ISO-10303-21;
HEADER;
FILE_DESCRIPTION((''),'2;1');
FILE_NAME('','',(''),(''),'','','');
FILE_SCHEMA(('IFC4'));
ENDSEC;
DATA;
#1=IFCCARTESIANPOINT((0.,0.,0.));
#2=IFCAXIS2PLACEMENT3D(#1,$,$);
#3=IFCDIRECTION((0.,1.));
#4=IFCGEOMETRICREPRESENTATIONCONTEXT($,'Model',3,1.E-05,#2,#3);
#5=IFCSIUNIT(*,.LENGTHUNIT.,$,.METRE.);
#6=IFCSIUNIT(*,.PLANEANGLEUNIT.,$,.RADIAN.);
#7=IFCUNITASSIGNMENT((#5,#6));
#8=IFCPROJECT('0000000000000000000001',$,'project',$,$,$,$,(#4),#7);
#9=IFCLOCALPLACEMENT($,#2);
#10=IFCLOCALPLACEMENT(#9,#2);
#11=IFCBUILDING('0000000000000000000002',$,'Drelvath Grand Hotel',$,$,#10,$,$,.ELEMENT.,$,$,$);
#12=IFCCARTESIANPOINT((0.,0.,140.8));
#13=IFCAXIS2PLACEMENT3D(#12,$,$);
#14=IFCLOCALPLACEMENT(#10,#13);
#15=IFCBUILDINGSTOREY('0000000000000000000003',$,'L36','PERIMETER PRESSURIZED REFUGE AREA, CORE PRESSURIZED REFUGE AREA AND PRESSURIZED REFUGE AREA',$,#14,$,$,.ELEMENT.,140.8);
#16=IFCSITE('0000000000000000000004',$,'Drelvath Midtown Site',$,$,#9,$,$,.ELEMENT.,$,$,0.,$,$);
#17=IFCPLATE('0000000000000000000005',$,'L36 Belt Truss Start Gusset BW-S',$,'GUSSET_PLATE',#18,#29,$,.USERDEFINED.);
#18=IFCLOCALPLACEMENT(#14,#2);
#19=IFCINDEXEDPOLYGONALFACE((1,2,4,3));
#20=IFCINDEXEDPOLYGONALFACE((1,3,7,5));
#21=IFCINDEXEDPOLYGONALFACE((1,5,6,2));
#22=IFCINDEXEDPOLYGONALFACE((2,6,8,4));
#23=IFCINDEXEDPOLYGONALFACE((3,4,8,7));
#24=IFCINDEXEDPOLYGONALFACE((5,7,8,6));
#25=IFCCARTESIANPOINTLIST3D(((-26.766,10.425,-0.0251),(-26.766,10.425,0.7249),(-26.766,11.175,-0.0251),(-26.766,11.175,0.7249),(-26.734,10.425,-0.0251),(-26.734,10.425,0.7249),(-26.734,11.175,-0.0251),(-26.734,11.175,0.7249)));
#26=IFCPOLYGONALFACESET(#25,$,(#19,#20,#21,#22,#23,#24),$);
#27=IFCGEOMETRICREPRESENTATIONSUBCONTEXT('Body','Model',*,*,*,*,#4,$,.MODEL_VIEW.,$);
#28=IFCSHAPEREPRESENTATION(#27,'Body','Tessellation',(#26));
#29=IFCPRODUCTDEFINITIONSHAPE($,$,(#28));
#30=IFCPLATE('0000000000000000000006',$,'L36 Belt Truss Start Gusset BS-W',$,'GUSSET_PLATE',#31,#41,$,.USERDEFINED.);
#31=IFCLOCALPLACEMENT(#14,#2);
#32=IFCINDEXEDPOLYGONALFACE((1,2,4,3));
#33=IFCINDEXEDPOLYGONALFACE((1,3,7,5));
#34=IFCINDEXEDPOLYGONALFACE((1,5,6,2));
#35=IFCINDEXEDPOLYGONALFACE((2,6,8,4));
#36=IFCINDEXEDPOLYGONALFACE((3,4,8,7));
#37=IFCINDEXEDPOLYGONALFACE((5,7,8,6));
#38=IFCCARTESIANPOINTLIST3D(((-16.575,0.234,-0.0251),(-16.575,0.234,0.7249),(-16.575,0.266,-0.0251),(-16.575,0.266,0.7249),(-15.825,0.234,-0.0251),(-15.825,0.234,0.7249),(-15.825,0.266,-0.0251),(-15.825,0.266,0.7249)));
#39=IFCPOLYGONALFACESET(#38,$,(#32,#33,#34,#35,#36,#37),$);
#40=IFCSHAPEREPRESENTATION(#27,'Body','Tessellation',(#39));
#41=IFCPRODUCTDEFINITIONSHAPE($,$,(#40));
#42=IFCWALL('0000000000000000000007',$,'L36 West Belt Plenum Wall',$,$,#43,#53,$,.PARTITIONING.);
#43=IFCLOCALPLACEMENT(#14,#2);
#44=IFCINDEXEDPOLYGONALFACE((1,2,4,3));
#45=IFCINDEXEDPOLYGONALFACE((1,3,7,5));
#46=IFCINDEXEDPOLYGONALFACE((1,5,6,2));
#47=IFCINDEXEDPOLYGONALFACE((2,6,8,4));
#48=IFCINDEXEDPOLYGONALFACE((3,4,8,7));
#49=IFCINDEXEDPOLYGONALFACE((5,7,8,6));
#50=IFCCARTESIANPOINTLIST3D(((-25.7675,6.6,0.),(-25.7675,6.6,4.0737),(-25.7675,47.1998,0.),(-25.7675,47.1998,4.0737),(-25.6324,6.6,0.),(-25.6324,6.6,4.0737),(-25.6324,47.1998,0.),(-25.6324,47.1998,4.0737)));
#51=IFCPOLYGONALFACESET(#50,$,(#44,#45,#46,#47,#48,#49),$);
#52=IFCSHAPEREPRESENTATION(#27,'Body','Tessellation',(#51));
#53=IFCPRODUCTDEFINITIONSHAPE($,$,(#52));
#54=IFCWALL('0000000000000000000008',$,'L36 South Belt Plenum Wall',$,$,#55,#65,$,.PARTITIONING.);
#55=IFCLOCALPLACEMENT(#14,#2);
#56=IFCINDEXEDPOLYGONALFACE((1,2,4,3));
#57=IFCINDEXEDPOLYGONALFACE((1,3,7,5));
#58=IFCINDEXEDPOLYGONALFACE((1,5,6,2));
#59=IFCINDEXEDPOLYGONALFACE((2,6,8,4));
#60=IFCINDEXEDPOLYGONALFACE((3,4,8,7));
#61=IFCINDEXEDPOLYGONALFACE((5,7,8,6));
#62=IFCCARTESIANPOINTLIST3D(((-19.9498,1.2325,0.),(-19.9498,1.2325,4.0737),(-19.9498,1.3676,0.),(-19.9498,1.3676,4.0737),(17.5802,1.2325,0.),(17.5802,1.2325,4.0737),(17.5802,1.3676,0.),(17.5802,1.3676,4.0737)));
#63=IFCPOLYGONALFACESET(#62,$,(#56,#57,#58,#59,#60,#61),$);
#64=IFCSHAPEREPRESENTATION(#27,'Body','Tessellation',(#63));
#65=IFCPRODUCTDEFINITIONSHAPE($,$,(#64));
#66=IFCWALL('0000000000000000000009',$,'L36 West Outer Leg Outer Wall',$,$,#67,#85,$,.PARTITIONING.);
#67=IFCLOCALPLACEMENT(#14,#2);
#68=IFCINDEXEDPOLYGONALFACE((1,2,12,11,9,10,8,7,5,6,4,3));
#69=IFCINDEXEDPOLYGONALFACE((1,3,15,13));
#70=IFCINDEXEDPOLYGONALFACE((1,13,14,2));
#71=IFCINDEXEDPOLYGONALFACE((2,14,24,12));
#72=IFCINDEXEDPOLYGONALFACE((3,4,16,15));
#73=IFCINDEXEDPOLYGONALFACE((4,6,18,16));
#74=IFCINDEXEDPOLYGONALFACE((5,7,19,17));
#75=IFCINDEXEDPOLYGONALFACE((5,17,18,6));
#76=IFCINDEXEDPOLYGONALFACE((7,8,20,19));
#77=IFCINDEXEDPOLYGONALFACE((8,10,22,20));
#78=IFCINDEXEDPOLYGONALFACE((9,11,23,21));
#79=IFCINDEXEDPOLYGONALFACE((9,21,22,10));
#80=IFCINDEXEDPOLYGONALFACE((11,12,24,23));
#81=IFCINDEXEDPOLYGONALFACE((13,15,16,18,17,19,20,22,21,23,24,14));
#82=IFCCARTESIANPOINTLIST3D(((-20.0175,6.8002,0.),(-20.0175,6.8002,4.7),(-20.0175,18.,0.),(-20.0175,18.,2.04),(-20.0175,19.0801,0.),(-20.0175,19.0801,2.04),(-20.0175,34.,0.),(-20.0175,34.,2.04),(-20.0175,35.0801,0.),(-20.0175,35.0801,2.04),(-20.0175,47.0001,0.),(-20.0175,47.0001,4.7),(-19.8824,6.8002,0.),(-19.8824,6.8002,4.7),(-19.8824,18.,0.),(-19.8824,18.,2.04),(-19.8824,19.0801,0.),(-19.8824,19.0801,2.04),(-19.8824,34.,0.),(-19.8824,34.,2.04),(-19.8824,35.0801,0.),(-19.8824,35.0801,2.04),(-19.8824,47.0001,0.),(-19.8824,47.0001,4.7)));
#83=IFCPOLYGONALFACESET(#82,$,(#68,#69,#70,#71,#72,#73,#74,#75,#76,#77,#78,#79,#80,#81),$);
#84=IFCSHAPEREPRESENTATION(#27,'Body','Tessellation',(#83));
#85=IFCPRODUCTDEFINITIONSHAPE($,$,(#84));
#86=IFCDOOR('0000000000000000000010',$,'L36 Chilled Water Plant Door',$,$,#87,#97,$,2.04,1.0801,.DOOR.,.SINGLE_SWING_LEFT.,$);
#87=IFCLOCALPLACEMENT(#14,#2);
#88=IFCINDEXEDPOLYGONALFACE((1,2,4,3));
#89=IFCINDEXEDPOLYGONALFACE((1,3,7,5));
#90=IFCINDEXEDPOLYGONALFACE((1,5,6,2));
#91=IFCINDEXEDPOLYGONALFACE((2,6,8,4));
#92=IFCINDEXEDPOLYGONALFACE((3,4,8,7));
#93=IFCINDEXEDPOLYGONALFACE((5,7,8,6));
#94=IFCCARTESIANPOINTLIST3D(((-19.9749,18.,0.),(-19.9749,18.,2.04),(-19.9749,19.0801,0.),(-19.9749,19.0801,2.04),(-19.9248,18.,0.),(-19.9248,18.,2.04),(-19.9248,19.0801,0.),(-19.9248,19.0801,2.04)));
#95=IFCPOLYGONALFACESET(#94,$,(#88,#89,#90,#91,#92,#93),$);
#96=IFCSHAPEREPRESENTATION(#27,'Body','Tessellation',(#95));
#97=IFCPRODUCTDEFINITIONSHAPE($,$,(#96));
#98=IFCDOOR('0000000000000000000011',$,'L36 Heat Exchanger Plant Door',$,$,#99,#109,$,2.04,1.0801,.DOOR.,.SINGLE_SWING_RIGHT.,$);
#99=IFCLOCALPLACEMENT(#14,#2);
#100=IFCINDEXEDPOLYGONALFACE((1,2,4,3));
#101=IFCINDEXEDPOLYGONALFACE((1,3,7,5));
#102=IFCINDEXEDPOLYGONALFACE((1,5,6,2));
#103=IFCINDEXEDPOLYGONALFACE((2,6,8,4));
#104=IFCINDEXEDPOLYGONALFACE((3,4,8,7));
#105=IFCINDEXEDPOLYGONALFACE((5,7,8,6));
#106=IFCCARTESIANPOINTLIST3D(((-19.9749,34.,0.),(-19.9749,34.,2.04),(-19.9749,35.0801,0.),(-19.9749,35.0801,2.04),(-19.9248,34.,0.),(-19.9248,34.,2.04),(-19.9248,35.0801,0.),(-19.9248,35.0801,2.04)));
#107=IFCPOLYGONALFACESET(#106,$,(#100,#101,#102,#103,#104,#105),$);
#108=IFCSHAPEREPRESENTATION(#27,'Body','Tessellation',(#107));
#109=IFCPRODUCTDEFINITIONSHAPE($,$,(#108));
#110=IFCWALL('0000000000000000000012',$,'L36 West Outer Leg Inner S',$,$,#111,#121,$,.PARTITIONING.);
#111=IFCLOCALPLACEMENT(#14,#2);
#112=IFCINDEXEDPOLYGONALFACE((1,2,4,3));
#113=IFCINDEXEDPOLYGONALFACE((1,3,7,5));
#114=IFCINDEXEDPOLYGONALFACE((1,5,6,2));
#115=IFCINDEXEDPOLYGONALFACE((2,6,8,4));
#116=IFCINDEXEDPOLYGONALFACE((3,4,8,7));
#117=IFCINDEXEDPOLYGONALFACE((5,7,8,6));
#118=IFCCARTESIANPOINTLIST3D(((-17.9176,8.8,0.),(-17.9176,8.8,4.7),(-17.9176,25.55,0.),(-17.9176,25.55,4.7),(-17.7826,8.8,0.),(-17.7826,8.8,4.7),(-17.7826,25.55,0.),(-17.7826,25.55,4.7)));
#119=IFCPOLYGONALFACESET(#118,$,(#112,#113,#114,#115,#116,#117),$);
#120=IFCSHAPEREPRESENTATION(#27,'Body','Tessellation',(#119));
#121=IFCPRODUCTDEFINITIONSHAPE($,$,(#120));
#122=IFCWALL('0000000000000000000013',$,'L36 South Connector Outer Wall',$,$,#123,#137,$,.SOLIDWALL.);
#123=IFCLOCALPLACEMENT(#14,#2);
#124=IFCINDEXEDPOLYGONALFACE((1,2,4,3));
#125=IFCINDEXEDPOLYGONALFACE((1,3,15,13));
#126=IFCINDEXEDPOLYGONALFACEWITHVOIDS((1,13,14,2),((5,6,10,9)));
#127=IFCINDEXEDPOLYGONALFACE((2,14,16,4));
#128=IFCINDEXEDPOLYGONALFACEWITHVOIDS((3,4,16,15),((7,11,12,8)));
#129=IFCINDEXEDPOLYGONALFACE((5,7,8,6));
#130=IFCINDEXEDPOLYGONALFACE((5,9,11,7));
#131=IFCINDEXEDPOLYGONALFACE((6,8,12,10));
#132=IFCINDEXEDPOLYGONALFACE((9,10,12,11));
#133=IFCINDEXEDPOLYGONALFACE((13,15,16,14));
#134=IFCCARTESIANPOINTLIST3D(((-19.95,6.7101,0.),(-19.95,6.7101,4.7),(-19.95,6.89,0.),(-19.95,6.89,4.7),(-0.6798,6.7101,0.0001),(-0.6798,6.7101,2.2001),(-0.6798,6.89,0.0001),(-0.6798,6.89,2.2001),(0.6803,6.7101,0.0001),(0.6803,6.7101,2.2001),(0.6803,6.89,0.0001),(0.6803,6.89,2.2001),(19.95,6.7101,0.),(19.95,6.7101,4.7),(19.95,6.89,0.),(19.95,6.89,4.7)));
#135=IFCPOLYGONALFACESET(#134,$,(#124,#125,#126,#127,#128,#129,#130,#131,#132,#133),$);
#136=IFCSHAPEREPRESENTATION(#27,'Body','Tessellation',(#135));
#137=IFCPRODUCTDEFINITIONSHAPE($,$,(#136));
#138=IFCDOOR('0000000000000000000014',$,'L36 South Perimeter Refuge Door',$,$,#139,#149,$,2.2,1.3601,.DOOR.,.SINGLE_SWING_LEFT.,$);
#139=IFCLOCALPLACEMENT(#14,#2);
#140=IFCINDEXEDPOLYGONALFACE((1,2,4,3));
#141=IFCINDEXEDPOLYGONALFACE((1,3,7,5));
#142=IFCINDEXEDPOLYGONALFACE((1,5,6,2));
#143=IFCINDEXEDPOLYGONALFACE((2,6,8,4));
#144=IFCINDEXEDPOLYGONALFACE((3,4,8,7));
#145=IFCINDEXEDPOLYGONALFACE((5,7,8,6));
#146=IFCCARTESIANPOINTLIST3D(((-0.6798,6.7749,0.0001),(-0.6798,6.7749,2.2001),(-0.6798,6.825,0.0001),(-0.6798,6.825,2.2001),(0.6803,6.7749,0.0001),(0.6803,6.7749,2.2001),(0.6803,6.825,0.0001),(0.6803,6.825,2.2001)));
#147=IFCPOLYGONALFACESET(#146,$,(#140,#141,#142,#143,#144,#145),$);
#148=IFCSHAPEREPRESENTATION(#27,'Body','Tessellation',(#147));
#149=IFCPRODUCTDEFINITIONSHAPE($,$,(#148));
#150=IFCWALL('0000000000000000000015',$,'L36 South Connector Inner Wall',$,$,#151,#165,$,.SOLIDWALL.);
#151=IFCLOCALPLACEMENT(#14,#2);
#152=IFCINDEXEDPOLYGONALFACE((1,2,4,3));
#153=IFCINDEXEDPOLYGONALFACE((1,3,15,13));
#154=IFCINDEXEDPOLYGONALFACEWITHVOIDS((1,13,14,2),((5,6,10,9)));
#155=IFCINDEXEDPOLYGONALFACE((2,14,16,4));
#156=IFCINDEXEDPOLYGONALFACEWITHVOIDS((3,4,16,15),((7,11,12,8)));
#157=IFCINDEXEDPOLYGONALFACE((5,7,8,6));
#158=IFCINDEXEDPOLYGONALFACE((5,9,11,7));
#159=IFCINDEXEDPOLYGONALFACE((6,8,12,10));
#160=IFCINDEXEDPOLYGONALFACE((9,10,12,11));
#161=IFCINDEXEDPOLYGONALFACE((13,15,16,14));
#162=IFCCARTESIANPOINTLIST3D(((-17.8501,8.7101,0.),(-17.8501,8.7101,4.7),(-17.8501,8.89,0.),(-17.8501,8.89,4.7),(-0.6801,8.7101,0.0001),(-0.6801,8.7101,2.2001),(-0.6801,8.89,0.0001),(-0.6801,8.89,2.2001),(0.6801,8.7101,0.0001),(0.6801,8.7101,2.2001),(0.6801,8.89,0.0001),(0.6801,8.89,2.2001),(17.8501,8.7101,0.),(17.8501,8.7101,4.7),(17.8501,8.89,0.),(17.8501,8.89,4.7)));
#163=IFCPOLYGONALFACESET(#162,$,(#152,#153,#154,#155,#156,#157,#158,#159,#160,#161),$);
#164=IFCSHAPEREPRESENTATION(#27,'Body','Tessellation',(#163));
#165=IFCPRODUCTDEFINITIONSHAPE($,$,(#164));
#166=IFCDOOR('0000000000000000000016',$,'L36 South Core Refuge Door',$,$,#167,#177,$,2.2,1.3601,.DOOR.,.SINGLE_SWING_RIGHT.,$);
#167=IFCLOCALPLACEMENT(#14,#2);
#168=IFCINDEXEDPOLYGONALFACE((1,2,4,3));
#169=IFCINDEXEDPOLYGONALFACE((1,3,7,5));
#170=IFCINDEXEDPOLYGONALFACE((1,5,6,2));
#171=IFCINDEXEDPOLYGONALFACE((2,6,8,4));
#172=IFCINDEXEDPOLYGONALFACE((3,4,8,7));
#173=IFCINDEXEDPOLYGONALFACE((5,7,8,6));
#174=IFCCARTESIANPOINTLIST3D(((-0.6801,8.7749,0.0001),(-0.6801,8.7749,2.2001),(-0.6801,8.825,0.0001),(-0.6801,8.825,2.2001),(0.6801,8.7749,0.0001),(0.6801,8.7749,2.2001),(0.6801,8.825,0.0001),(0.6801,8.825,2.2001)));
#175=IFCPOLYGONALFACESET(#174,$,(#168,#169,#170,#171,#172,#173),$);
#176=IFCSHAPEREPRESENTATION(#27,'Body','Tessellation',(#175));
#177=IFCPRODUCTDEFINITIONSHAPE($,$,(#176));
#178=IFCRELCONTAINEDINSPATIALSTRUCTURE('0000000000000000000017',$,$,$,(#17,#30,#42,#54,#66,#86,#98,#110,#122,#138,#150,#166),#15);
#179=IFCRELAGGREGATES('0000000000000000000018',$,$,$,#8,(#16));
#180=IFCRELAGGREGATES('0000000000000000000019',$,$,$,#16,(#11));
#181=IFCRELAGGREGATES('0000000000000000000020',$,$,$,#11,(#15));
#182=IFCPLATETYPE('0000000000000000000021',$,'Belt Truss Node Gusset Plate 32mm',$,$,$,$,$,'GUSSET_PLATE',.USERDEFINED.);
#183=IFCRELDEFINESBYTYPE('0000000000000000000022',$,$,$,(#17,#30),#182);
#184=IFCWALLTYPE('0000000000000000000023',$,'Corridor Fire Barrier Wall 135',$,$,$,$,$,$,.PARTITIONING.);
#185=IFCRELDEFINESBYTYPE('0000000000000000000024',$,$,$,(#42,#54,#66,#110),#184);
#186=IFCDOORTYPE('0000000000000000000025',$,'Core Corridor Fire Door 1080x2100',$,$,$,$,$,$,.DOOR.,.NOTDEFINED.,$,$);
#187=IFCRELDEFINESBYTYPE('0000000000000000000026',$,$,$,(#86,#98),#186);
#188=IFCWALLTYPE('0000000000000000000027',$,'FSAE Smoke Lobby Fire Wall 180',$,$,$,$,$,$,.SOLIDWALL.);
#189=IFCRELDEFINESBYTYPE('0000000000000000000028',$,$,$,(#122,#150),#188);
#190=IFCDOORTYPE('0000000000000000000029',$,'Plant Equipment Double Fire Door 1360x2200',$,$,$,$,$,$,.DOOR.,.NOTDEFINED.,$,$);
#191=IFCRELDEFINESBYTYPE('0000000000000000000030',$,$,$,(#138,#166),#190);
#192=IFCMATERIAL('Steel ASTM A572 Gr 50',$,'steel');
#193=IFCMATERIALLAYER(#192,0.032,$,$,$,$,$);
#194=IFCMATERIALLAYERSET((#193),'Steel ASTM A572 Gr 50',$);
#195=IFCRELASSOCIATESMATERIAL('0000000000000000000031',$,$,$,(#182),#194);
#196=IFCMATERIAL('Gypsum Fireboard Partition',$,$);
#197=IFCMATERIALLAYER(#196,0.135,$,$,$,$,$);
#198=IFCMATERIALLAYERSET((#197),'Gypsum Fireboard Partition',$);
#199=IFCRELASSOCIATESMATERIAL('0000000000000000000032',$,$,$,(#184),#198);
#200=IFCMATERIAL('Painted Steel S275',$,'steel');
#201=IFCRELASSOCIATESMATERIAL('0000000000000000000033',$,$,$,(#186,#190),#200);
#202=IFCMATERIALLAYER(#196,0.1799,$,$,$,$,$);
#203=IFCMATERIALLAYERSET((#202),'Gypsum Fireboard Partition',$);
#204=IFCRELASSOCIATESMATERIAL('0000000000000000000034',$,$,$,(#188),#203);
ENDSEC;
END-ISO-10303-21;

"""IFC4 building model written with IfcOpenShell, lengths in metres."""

from ifc_helpers import new_model, si_unit, direction, frame, frame_2d, origin, origin_2d, place, context, subcontext, project, spatial, rectangle, extrude, material, layer, layer_set, type_object, element, fill, save


model = new_model("IFC4")

# Units and contexts
model_context = context("Model", 3, precision=1e-05, world=origin(), true_north=direction((0.0, 1.0)))
body_context = subcontext(model_context, "Body", "Model", "MODEL_VIEW")
ifc_project = project(units=[si_unit("LENGTHUNIT", "METRE"), si_unit("PLANEANGLEUNIT", "RADIAN")], contexts=[model_context])

# Site, building, storey
site_placement = place(None, origin())
site = spatial("IfcSite", under=ifc_project, at=site_placement, Name="Drelvath Midtown Site", CompositionType="ELEMENT", RefElevation=0.0)
building_placement = place(site_placement, origin())
building = spatial("IfcBuilding", under=site, at=building_placement, Name="Drelvath Grand Hotel", CompositionType="ELEMENT")
storey_placement = place(building_placement, frame((0.0, 0.0, 140.8)))
storey = spatial("IfcBuildingStorey", under=building, at=storey_placement, Name="L36", Description="PERIMETER PRESSURIZED REFUGE AREA, CORE PRESSURIZED REFUGE AREA AND PRESSURIZED REFUGE AREA", CompositionType="ELEMENT", Elevation=140.8)

# Plates
ifc_material_1 = material(Name="Steel ASTM A572 Gr 50", Category="steel")
ifc_layer_1 = layer(ifc_material_1, 0.032)
ifc_layer_set_1 = layer_set([ifc_layer_1], Name="Steel ASTM A572 Gr 50")
plate_type = type_object("IfcPlateType", Name="Belt Truss Node Gusset Plate 32mm", ElementType="GUSSET_PLATE", PredefinedType="USERDEFINED", material=ifc_layer_set_1)
for number, where, z_axis, x_axis, name in (
    (1, (-26.75, 10.8, -0.0251), (0.0, 0.0, 1.0), (0.0, 1.0, 0.0), "L36 Belt Truss Start Gusset BW-S"),
    (2, (-16.2, 0.25, -0.0251), (0.0, 0.0, 1.0), (1.0, 0.0, 0.0), "L36 Belt Truss Start Gusset BS-W"),
):
    element("IfcPlate", number, at=place(storey_placement, frame(where, z_axis=z_axis, x_axis=x_axis)), inside=storey, type_object=plate_type, Name=name, ObjectType="GUSSET_PLATE", PredefinedType="USERDEFINED", context=body_context, shape_type="SweptSolid", body=[
        extrude(rectangle(XDim=0.75, YDim=0.032, at=origin_2d()), origin(), (0.0, 0.0, 1.0), 0.75),
    ])

# Walls
ifc_material_2 = material(Name="Gypsum Fireboard Partition")
ifc_layer_2 = layer(ifc_material_2, 0.135)
ifc_layer_set_2 = layer_set([ifc_layer_2], Name="Gypsum Fireboard Partition")
wall_type_1 = type_object("IfcWallType", Name="Corridor Fire Barrier Wall 135", PredefinedType="PARTITIONING", material=ifc_layer_set_2)
wall_1_placement = place(storey_placement, frame((-25.7, 6.6001, 0.0), z_axis=(0.0, 0.0, 1.0), x_axis=(0.0, 1.0, 0.0)))
element("IfcWall", 3, at=wall_1_placement, inside=storey, type_object=wall_type_1, Name="L36 West Belt Plenum Wall", PredefinedType="PARTITIONING", context=body_context, shape_type="SweptSolid", body=[
    extrude(rectangle(XDim=40.5999, YDim=0.135, at=frame_2d((20.2998, 0.0))), origin(), (0.0, 0.0, 1.0), 4.0737),
])
wall_2_placement = place(storey_placement, frame((-19.95, 1.3, 0.0), z_axis=(0.0, 0.0, 1.0), x_axis=(1.0, 0.0, 0.0)))
element("IfcWall", 4, at=wall_2_placement, inside=storey, type_object=wall_type_1, Name="L36 South Belt Plenum Wall", PredefinedType="PARTITIONING", context=body_context, shape_type="SweptSolid", body=[
    extrude(rectangle(XDim=37.53, YDim=0.135, at=frame_2d((18.7651, 0.0))), origin(), (0.0, 0.0, 1.0), 4.0737),
])

# Wall, openings, doors
wall_3_placement = place(storey_placement, frame((-19.95, 6.8, 0.0), z_axis=(0.0, 0.0, 1.0), x_axis=(0.0, 1.0, 0.0)))
wall_3 = element("IfcWall", 5, at=wall_3_placement, inside=storey, type_object=wall_type_1, Name="L36 West Outer Leg Outer Wall", PredefinedType="PARTITIONING", context=body_context, shape_type="SweptSolid", body=[
    extrude(rectangle(XDim=40.2, YDim=0.135, at=frame_2d((20.1001, 0.0))), origin(), (0.0, 0.0, 1.0), 4.7),
])
opening_1_placement = place(wall_3_placement, frame((11.2, 0.0, 0.0)))
opening_1 = element("IfcOpeningElement", 6, at=opening_1_placement, cuts=wall_3, PredefinedType="OPENING", context=body_context, shape_type="SweptSolid", body=[
    extrude(rectangle(XDim=1.0801, YDim=2.04, at=frame_2d((0.54, 1.02))), frame((0.0, 0.0774, 0.0), z_axis=(0.0, -1.0, 0.0), x_axis=(1.0, 0.0, 0.0)), (0.0, 0.0, 1.0), 0.155),
])
opening_2_placement = place(wall_3_placement, frame((27.2, 0.0, 0.0)))
opening_2 = element("IfcOpeningElement", 7, at=opening_2_placement, cuts=wall_3, PredefinedType="OPENING", context=body_context, shape_type="SweptSolid", body=[
    extrude(rectangle(XDim=1.0801, YDim=2.04, at=frame_2d((0.54, 1.02))), frame((0.0, 0.0774, 0.0), z_axis=(0.0, -1.0, 0.0), x_axis=(1.0, 0.0, 0.0)), (0.0, 0.0, 1.0), 0.155),
])
ifc_material_3 = material(Name="Painted Steel S275", Category="steel")
door_type_1 = type_object("IfcDoorType", Name="Core Corridor Fire Door 1080x2100", OperationType="NOTDEFINED", PredefinedType="DOOR", material=ifc_material_3)
door_1_placement = place(opening_1_placement, origin())
door_1 = element("IfcDoor", 8, at=door_1_placement, inside=storey, type_object=door_type_1, Name="L36 Chilled Water Plant Door", OperationType="SINGLE_SWING_LEFT", OverallHeight=2.04, OverallWidth=1.0801, PredefinedType="DOOR", context=body_context, shape_type="SweptSolid", body=[
    extrude(rectangle(XDim=1.0801, YDim=2.04, at=frame_2d((0.54, 1.02))), frame((0.0, 0.0249, 0.0), z_axis=(0.0, -1.0, 0.0), x_axis=(1.0, 0.0, 0.0)), (0.0, 0.0, 1.0), 0.05),
])
fill(opening_1, door_1)
door_2_placement = place(opening_2_placement, origin())
door_2 = element("IfcDoor", 9, at=door_2_placement, inside=storey, type_object=door_type_1, Name="L36 Heat Exchanger Plant Door", OperationType="SINGLE_SWING_RIGHT", OverallHeight=2.04, OverallWidth=1.0801, PredefinedType="DOOR", context=body_context, shape_type="SweptSolid", body=[
    extrude(rectangle(XDim=1.0801, YDim=2.04, at=frame_2d((0.54, 1.02))), frame((0.0, 0.0249, 0.0), z_axis=(0.0, -1.0, 0.0), x_axis=(1.0, 0.0, 0.0)), (0.0, 0.0, 1.0), 0.05),
])
fill(opening_2, door_2)

# Wall
wall_4_placement = place(storey_placement, frame((-17.8501, 8.8, 0.0), z_axis=(0.0, 0.0, 1.0), x_axis=(0.0, 1.0, 0.0)))
element("IfcWall", 10, at=wall_4_placement, inside=storey, type_object=wall_type_1, Name="L36 West Outer Leg Inner S", PredefinedType="PARTITIONING", context=body_context, shape_type="SweptSolid", body=[
    extrude(rectangle(XDim=16.75, YDim=0.135, at=frame_2d((8.375, 0.0))), origin(), (0.0, 0.0, 1.0), 4.7),
])

# Walls, openings, doors
ifc_layer_3 = layer(ifc_material_2, 0.1799)
ifc_layer_set_3 = layer_set([ifc_layer_3], Name="Gypsum Fireboard Partition")
wall_type_2 = type_object("IfcWallType", Name="FSAE Smoke Lobby Fire Wall 180", PredefinedType="SOLIDWALL", material=ifc_layer_set_3)
wall_5_placement = place(storey_placement, frame((-19.95, 6.8, 0.0), z_axis=(0.0, 0.0, 1.0), x_axis=(1.0, 0.0, 0.0)))
wall_5 = element("IfcWall", 11, at=wall_5_placement, inside=storey, type_object=wall_type_2, Name="L36 South Connector Outer Wall", PredefinedType="SOLIDWALL", context=body_context, shape_type="SweptSolid", body=[
    extrude(rectangle(XDim=39.8999, YDim=0.1799, at=frame_2d((19.95, 0.0))), origin(), (0.0, 0.0, 1.0), 4.7),
])
opening_3_placement = place(wall_5_placement, frame((19.27, 0.0, 0.0)))
opening_3 = element("IfcOpeningElement", 12, at=opening_3_placement, cuts=wall_5, PredefinedType="OPENING", context=body_context, shape_type="SweptSolid", body=[
    extrude(rectangle(XDim=1.3601, YDim=2.2, at=frame_2d((0.6802, 1.1001))), frame((0.0, 0.0999, 0.0), z_axis=(0.0, -1.0, 0.0), x_axis=(1.0, 0.0, 0.0)), (0.0, 0.0, 1.0), 0.2),
])
door_type_2 = type_object("IfcDoorType", Name="Plant Equipment Double Fire Door 1360x2200", OperationType="NOTDEFINED", PredefinedType="DOOR", material=ifc_material_3)
door_3_placement = place(opening_3_placement, origin())
door_3 = element("IfcDoor", 13, at=door_3_placement, inside=storey, type_object=door_type_2, Name="L36 South Perimeter Refuge Door", OperationType="SINGLE_SWING_LEFT", OverallHeight=2.2, OverallWidth=1.3601, PredefinedType="DOOR", context=body_context, shape_type="SweptSolid", body=[
    extrude(rectangle(XDim=1.3601, YDim=2.2, at=frame_2d((0.6802, 1.1001))), frame((0.0, 0.0249, 0.0), z_axis=(0.0, -1.0, 0.0), x_axis=(1.0, 0.0, 0.0)), (0.0, 0.0, 1.0), 0.05),
])
fill(opening_3, door_3)
wall_6_placement = place(storey_placement, frame((-17.8501, 8.8, 0.0), z_axis=(0.0, 0.0, 1.0), x_axis=(1.0, 0.0, 0.0)))
wall_6 = element("IfcWall", 14, at=wall_6_placement, inside=storey, type_object=wall_type_2, Name="L36 South Connector Inner Wall", PredefinedType="SOLIDWALL", context=body_context, shape_type="SweptSolid", body=[
    extrude(rectangle(XDim=35.7002, YDim=0.1799, at=frame_2d((17.8501, 0.0))), origin(), (0.0, 0.0, 1.0), 4.7),
])
opening_4_placement = place(wall_6_placement, frame((17.1699, 0.0, 0.0)))
opening_4 = element("IfcOpeningElement", 15, at=opening_4_placement, cuts=wall_6, PredefinedType="OPENING", context=body_context, shape_type="SweptSolid", body=[
    extrude(rectangle(XDim=1.3601, YDim=2.2, at=frame_2d((0.6802, 1.1001))), frame((0.0, 0.0999, 0.0), z_axis=(0.0, -1.0, 0.0), x_axis=(1.0, 0.0, 0.0)), (0.0, 0.0, 1.0), 0.2),
])
door_4_placement = place(opening_4_placement, origin())
door_4 = element("IfcDoor", 16, at=door_4_placement, inside=storey, type_object=door_type_2, Name="L36 South Core Refuge Door", OperationType="SINGLE_SWING_RIGHT", OverallHeight=2.2, OverallWidth=1.3601, PredefinedType="DOOR", context=body_context, shape_type="SweptSolid", body=[
    extrude(rectangle(XDim=1.3601, YDim=2.2, at=frame_2d((0.6802, 1.1001))), frame((0.0, 0.0249, 0.0), z_axis=(0.0, -1.0, 0.0), x_axis=(1.0, 0.0, 0.0)), (0.0, 0.0, 1.0), 0.05),
])
fill(opening_4, door_4)

save(model, "model.ifc")
